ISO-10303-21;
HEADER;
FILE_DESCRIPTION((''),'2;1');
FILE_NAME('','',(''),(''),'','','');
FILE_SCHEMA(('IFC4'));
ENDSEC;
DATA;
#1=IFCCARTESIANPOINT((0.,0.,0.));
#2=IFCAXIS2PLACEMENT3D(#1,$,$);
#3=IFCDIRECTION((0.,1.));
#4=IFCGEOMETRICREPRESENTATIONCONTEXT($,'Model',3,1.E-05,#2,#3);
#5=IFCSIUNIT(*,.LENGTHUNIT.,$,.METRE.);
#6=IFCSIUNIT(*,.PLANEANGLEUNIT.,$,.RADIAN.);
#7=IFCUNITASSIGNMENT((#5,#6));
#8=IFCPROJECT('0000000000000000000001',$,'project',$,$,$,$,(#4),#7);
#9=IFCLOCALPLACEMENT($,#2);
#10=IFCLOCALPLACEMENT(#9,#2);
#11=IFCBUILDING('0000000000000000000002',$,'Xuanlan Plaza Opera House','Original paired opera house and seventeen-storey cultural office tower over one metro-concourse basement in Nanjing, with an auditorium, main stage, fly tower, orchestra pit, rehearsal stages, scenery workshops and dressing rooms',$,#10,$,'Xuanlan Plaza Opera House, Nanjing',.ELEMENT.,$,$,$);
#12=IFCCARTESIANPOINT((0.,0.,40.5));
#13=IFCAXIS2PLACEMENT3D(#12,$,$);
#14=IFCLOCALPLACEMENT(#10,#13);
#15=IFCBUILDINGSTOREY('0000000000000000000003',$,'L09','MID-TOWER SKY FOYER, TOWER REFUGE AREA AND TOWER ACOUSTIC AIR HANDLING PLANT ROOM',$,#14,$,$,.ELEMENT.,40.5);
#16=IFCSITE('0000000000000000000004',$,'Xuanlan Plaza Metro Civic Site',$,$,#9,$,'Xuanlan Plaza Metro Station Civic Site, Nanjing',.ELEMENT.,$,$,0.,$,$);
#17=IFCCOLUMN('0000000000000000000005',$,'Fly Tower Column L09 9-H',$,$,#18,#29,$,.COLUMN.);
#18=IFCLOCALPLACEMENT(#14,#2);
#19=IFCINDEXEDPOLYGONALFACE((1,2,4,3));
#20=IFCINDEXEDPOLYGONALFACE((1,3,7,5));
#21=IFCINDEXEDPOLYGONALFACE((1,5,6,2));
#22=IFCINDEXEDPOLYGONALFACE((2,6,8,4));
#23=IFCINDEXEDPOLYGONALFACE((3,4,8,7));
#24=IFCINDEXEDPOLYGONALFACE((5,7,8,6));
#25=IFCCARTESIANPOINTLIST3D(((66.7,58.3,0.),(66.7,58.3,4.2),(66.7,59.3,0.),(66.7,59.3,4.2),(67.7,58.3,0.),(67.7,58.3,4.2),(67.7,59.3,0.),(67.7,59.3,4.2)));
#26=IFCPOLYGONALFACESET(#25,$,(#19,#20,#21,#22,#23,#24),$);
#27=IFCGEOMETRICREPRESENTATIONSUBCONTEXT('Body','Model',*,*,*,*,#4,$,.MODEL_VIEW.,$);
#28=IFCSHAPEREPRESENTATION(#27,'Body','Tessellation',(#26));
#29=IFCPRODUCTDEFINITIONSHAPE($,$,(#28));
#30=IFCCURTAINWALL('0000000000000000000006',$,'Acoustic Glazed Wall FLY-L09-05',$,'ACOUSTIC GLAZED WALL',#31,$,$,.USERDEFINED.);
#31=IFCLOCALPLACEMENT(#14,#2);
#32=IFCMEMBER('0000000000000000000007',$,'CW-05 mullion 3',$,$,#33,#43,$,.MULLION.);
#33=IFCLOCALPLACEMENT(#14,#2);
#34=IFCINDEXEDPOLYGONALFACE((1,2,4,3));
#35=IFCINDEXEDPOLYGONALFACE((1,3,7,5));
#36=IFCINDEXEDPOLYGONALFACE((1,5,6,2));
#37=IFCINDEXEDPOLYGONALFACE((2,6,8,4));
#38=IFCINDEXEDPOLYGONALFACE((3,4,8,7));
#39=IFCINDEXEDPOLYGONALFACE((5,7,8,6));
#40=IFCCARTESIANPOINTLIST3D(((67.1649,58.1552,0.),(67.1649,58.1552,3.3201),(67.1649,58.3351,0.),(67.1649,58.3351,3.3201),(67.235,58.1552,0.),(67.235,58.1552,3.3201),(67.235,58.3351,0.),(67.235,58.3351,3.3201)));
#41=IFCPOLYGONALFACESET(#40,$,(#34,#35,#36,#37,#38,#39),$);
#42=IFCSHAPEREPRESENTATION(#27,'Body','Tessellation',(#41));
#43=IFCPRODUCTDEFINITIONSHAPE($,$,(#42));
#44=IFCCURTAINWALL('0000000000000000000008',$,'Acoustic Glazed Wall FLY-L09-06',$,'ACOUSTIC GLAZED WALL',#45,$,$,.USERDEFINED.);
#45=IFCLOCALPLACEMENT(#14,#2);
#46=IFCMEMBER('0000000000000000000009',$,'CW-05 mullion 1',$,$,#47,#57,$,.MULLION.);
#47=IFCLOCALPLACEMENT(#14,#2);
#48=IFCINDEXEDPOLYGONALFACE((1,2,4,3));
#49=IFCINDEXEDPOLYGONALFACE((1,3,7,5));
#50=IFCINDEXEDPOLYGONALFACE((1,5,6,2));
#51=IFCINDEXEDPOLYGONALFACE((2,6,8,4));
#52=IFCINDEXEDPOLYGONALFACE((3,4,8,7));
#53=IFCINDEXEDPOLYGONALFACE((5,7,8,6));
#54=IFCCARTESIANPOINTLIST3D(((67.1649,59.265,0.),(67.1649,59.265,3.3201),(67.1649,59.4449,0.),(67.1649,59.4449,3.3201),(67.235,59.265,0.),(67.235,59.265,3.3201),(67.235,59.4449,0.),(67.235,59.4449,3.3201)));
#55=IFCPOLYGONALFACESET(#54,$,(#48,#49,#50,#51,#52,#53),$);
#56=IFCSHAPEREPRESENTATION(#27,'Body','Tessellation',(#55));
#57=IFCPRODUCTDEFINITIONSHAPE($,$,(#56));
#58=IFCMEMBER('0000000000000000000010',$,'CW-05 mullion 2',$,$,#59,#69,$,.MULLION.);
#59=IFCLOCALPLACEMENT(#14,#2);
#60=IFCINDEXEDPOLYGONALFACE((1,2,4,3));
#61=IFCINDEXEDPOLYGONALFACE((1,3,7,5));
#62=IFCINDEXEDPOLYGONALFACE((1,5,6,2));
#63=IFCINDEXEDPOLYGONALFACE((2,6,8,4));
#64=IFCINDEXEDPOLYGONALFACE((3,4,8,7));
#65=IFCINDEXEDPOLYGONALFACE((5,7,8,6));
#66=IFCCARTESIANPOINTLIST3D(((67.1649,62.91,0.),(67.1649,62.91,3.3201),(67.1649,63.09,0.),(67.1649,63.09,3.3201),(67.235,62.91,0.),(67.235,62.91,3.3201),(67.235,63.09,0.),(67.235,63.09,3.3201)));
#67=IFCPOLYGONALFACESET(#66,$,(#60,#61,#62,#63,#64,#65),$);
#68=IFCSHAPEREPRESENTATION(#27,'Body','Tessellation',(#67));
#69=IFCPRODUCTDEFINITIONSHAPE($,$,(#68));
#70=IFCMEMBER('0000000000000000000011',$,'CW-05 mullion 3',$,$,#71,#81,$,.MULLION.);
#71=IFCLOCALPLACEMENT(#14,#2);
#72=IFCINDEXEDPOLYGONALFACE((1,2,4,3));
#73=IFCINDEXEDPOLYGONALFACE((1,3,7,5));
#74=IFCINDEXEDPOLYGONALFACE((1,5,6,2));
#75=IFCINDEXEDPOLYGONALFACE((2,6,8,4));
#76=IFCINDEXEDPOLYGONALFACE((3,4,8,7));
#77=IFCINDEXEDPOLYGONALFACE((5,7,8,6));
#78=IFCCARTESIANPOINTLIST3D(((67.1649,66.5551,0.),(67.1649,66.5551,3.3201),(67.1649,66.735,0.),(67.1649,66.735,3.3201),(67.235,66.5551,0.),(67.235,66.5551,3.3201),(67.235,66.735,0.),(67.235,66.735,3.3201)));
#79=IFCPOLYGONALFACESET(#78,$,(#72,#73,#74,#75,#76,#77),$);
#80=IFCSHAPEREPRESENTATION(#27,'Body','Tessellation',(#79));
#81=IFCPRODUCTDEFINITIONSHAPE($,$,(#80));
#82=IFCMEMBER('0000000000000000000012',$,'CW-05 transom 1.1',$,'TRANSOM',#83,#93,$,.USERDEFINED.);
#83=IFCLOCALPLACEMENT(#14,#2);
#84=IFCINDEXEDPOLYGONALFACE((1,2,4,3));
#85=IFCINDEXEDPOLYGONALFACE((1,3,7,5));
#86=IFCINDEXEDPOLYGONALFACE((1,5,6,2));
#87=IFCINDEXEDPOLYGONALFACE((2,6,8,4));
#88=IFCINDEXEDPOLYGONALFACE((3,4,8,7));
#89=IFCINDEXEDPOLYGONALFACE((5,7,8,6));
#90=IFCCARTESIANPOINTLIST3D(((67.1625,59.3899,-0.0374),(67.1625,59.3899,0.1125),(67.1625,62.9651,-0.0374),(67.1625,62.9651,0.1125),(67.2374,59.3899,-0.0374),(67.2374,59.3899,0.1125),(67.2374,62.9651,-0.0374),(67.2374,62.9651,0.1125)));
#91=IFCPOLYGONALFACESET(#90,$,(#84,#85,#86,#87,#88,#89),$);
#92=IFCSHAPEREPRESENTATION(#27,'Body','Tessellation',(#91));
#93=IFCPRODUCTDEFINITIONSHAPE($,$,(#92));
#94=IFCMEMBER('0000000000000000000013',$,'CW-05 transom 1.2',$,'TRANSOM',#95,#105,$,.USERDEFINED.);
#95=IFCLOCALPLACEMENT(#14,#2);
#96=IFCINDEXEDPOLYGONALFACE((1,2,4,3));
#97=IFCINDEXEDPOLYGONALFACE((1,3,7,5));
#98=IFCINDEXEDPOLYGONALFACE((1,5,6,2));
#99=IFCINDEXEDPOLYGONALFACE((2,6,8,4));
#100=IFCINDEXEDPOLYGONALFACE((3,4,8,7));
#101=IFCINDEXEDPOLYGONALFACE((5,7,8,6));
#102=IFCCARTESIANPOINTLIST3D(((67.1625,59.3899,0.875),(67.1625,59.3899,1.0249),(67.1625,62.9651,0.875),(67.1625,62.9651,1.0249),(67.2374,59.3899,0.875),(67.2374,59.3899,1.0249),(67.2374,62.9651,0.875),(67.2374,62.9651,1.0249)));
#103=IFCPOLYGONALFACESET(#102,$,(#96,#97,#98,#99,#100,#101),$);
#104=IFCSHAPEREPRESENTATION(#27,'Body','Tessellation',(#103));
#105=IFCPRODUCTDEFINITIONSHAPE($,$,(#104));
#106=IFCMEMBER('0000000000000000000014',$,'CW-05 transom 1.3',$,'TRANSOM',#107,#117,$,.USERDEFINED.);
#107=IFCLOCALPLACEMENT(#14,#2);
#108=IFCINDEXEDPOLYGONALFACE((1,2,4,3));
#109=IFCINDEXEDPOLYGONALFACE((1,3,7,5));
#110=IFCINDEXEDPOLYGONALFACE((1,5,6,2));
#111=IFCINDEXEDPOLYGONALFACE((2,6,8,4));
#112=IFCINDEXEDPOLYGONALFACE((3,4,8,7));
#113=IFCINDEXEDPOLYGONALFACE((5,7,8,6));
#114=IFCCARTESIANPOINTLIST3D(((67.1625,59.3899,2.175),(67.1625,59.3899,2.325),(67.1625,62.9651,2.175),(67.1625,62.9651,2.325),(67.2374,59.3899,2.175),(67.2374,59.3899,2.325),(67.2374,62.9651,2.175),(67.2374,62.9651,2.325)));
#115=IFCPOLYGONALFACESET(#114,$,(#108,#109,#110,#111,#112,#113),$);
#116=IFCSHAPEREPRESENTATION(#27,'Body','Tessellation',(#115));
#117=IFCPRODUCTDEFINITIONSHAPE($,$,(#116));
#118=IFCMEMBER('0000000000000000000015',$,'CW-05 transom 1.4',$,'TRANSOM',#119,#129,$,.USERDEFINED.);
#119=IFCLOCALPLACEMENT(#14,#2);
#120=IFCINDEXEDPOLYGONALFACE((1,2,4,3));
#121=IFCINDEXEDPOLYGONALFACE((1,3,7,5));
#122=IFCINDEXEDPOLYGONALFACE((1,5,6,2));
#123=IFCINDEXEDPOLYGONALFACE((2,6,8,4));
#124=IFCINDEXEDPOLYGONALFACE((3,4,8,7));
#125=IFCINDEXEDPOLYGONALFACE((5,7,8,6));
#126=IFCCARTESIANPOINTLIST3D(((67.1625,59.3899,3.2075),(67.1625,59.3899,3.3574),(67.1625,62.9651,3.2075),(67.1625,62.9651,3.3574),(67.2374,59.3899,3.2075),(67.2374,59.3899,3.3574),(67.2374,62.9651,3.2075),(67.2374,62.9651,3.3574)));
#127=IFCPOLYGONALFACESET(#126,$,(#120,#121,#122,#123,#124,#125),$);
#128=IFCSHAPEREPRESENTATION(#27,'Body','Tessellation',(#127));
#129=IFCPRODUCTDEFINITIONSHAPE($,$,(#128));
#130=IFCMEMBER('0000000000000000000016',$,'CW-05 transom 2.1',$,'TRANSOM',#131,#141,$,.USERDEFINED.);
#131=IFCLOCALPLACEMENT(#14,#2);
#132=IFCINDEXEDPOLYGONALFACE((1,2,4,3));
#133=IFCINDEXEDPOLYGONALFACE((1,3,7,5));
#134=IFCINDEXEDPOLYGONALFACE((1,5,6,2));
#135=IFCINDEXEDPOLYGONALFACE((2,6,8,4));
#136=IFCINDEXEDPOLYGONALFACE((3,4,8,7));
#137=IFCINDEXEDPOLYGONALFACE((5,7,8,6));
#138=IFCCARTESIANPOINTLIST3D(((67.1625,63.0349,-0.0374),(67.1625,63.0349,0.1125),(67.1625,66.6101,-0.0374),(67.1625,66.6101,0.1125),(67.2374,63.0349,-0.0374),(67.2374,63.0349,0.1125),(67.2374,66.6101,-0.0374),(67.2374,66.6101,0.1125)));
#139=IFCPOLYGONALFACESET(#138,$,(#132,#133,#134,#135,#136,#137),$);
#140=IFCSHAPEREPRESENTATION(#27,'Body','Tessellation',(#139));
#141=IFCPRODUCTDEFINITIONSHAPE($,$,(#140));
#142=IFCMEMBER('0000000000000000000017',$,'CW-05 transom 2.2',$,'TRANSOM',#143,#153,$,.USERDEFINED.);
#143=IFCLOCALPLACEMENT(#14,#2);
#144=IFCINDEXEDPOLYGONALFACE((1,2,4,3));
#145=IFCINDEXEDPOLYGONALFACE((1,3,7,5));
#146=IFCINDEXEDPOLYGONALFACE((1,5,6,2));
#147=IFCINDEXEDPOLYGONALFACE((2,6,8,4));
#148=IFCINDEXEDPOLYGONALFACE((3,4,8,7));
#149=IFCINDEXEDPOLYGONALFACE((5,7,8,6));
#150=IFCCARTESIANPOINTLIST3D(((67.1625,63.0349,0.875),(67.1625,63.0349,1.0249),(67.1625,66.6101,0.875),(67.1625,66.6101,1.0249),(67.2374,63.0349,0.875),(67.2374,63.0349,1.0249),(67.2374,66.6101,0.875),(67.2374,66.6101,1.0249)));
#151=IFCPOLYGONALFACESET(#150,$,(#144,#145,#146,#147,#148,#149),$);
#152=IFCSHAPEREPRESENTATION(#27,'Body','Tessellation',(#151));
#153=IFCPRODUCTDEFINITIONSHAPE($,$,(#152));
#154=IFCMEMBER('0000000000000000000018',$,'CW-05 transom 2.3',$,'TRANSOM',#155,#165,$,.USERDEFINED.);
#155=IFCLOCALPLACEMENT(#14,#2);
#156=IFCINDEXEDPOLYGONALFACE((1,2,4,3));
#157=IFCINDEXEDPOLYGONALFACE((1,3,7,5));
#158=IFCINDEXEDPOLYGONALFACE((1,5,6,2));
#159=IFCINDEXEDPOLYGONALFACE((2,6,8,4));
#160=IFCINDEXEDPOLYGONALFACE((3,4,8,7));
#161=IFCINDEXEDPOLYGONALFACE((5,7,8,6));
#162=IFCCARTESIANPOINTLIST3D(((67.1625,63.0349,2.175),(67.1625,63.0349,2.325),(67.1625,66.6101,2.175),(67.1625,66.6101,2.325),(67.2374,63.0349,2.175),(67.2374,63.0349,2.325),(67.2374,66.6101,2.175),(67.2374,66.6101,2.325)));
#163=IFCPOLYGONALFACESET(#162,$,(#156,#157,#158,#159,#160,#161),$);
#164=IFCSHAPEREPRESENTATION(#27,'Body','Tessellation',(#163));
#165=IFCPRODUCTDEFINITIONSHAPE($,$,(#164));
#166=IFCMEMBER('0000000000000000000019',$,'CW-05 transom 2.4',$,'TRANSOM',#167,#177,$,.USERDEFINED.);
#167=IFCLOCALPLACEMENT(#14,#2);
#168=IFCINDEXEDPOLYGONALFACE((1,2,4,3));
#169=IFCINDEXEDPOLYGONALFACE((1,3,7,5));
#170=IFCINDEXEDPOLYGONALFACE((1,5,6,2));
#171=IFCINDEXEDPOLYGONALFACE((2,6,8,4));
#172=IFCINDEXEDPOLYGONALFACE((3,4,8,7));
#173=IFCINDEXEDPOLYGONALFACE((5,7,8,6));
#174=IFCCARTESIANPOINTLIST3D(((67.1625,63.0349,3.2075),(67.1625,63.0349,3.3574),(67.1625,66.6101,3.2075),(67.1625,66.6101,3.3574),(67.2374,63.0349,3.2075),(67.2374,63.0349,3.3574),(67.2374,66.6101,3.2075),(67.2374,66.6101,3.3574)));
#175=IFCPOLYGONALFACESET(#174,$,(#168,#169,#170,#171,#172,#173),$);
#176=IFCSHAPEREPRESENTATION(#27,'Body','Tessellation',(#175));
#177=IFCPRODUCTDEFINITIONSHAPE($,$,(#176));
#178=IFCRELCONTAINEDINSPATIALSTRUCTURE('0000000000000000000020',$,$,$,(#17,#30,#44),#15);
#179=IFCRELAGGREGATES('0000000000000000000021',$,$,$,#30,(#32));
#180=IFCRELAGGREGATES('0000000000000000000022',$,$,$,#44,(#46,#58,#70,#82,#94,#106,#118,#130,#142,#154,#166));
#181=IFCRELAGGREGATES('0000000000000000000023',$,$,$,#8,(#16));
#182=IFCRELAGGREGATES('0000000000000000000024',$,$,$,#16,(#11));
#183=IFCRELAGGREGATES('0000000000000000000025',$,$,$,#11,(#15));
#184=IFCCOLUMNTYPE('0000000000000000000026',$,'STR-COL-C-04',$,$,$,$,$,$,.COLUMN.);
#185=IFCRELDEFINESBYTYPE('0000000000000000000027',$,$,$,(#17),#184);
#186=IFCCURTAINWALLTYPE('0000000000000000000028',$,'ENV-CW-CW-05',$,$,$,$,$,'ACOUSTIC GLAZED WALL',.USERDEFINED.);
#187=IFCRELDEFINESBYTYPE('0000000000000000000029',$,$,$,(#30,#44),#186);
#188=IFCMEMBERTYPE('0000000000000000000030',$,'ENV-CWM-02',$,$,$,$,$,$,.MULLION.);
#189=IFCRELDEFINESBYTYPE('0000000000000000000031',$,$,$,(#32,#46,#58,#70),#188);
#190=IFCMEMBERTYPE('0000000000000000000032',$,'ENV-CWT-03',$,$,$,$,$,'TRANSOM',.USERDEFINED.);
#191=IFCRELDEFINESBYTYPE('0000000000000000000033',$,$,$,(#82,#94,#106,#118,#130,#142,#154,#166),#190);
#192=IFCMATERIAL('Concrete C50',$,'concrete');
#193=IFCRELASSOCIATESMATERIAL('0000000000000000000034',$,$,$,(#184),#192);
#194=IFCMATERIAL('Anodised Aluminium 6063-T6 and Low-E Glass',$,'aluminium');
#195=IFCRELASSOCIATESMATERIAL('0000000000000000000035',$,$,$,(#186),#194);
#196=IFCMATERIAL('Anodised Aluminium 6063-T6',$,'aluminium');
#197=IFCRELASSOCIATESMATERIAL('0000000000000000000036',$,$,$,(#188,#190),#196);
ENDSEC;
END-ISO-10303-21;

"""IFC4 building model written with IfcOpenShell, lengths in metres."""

from ifc_helpers import new_model, si_unit, direction, frame, origin, origin_2d, place, context, subcontext, project, spatial, rectangle, extrude, material, material_profile, profile_set, type_object, element, aggregate, save


model = new_model("IFC4")

# Units and contexts
model_context = context("Model", 3, precision=1e-05, world=origin(), true_north=direction((0.0, 1.0)))
body_context = subcontext(model_context, "Body", "Model", "MODEL_VIEW")
ifc_project = project(units=[si_unit("LENGTHUNIT", "METRE"), si_unit("PLANEANGLEUNIT", "RADIAN")], contexts=[model_context])

# Site, building, storey
site_placement = place(None, origin())
site = spatial("IfcSite", under=ifc_project, at=site_placement, Name="Xuanlan Plaza Metro Civic Site", LongName="Xuanlan Plaza Metro Station Civic Site, Nanjing", CompositionType="ELEMENT", RefElevation=0.0)
building_placement = place(site_placement, origin())
building = spatial("IfcBuilding", under=site, at=building_placement, Name="Xuanlan Plaza Opera House", Description="Original paired opera house and seventeen-storey cultural office tower over one metro-concourse basement in Nanjing, with an auditorium, main stage, fly tower, orchestra pit, rehearsal stages, scenery workshops and dressing rooms", LongName="Xuanlan Plaza Opera House, Nanjing", CompositionType="ELEMENT")
storey_placement = place(building_placement, frame((0.0, 0.0, 40.5)))
storey = spatial("IfcBuildingStorey", under=building, at=storey_placement, Name="L09", Description="MID-TOWER SKY FOYER, TOWER REFUGE AREA AND TOWER ACOUSTIC AIR HANDLING PLANT ROOM", CompositionType="ELEMENT", Elevation=40.5)

# Column
ifc_material_1 = material(Name="Concrete C50", Category="concrete")
ifc_material_profile_1 = material_profile(ifc_material_1, rectangle(XDim=1.0, YDim=1.0, at=origin_2d()), Name="RC-COL 1000x1000")
ifc_profile_set_1 = profile_set([ifc_material_profile_1], Name="Concrete C50")
column_type = type_object("IfcColumnType", Name="STR-COL-C-04", PredefinedType="COLUMN", material=ifc_profile_set_1)
column_placement = place(storey_placement, frame((67.2, 58.8, 0.0), z_axis=(0.0, 0.0, 1.0), x_axis=(1.0, 0.0, 0.0)))
element("IfcColumn", 1, at=column_placement, inside=storey, type_object=column_type, Name="Fly Tower Column L09 9-H", PredefinedType="COLUMN", context=body_context, shape_type="SweptSolid", body=[
    extrude(rectangle(XDim=1.0, YDim=1.0, at=origin_2d()), origin(), (0.0, 0.0, 1.0), 4.2),
])

# Curtain wall, member
ifc_material_2 = material(Name="Anodised Aluminium 6063-T6 and Low-E Glass", Category="aluminium")
curtain_wall_type = type_object("IfcCurtainWallType", Name="ENV-CW-CW-05", ElementType="ACOUSTIC GLAZED WALL", PredefinedType="USERDEFINED", material=ifc_material_2)
curtain_wall_1_placement = place(storey_placement, origin())
curtain_wall_1 = element("IfcCurtainWall", 2, at=curtain_wall_1_placement, inside=storey, type_object=curtain_wall_type, Name="Acoustic Glazed Wall FLY-L09-05", ObjectType="ACOUSTIC GLAZED WALL", PredefinedType="USERDEFINED")
ifc_material_3 = material(Name="Anodised Aluminium 6063-T6", Category="aluminium")
ifc_material_profile_2 = material_profile(ifc_material_3, rectangle(XDim=0.0701, YDim=0.1799, at=origin_2d()), Name="ALU-M 70x180")
ifc_profile_set_2 = profile_set([ifc_material_profile_2], Name="Anodised Aluminium 6063-T6")
member_type_1 = type_object("IfcMemberType", Name="ENV-CWM-02", PredefinedType="MULLION", material=ifc_profile_set_2)
member_1_placement = place(storey_placement, frame((67.2, 58.2451, 0.0), z_axis=(0.0, 0.0, 1.0), x_axis=(-1.0, 0.0, 0.0)))
member_1 = element("IfcMember", 3, at=member_1_placement, type_object=member_type_1, Name="CW-05 mullion 3", PredefinedType="MULLION", context=body_context, shape_type="SweptSolid", body=[
    extrude(rectangle(XDim=0.0701, YDim=0.1799, at=origin_2d()), origin(), (0.0, 0.0, 1.0), 3.3201),
])

# Curtain wall, members
curtain_wall_2_placement = place(storey_placement, origin())
curtain_wall_2 = element("IfcCurtainWall", 4, at=curtain_wall_2_placement, inside=storey, type_object=curtain_wall_type, Name="Acoustic Glazed Wall FLY-L09-06", ObjectType="ACOUSTIC GLAZED WALL", PredefinedType="USERDEFINED")
member_2_placement = place(storey_placement, frame((67.2, 59.355, 0.0), z_axis=(0.0, 0.0, 1.0), x_axis=(-1.0, 0.0, 0.0)))
member_2 = element("IfcMember", 5, at=member_2_placement, type_object=member_type_1, Name="CW-05 mullion 1", PredefinedType="MULLION", context=body_context, shape_type="SweptSolid", body=[
    extrude(rectangle(XDim=0.0701, YDim=0.1799, at=origin_2d()), origin(), (0.0, 0.0, 1.0), 3.3201),
])
member_3_placement = place(storey_placement, frame((67.2, 63.0, 0.0), z_axis=(0.0, 0.0, 1.0), x_axis=(-1.0, 0.0, 0.0)))
member_3 = element("IfcMember", 6, at=member_3_placement, type_object=member_type_1, Name="CW-05 mullion 2", PredefinedType="MULLION", context=body_context, shape_type="SweptSolid", body=[
    extrude(rectangle(XDim=0.0701, YDim=0.1799, at=origin_2d()), origin(), (0.0, 0.0, 1.0), 3.3201),
])
member_4_placement = place(storey_placement, frame((67.2, 66.645, 0.0), z_axis=(0.0, 0.0, 1.0), x_axis=(-1.0, 0.0, 0.0)))
member_4 = element("IfcMember", 7, at=member_4_placement, type_object=member_type_1, Name="CW-05 mullion 3", PredefinedType="MULLION", context=body_context, shape_type="SweptSolid", body=[
    extrude(rectangle(XDim=0.0701, YDim=0.1799, at=origin_2d()), origin(), (0.0, 0.0, 1.0), 3.3201),
])
ifc_material_profile_3 = material_profile(ifc_material_3, rectangle(XDim=0.075, YDim=0.1499, at=origin_2d()), Name="ALU-T 75x150")
ifc_profile_set_3 = profile_set([ifc_material_profile_3], Name="Anodised Aluminium 6063-T6")
member_type_2 = type_object("IfcMemberType", Name="ENV-CWT-03", ElementType="TRANSOM", PredefinedType="USERDEFINED", material=ifc_profile_set_3)
member_5_placement = place(storey_placement, frame((67.2, 59.3899, 0.0376), z_axis=(0.0, 1.0, 0.0), x_axis=(-1.0, 0.0, 0.0)))
member_5 = element("IfcMember", 8, at=member_5_placement, type_object=member_type_2, Name="CW-05 transom 1.1", ObjectType="TRANSOM", PredefinedType="USERDEFINED", context=body_context, shape_type="SweptSolid", body=[
    extrude(rectangle(XDim=0.075, YDim=0.1499, at=origin_2d()), origin(), (0.0, 0.0, 1.0), 3.5752),
])
member_6_placement = place(storey_placement, frame((67.2, 59.3899, 0.95), z_axis=(0.0, 1.0, 0.0), x_axis=(-1.0, 0.0, 0.0)))
member_6 = element("IfcMember", 9, at=member_6_placement, type_object=member_type_2, Name="CW-05 transom 1.2", ObjectType="TRANSOM", PredefinedType="USERDEFINED", context=body_context, shape_type="SweptSolid", body=[
    extrude(rectangle(XDim=0.075, YDim=0.1499, at=origin_2d()), origin(), (0.0, 0.0, 1.0), 3.5752),
])
member_7_placement = place(storey_placement, frame((67.2, 59.3899, 2.25), z_axis=(0.0, 1.0, 0.0), x_axis=(-1.0, 0.0, 0.0)))
member_7 = element("IfcMember", 10, at=member_7_placement, type_object=member_type_2, Name="CW-05 transom 1.3", ObjectType="TRANSOM", PredefinedType="USERDEFINED", context=body_context, shape_type="SweptSolid", body=[
    extrude(rectangle(XDim=0.075, YDim=0.1499, at=origin_2d()), origin(), (0.0, 0.0, 1.0), 3.5752),
])
member_8_placement = place(storey_placement, frame((67.2, 59.3899, 3.2825), z_axis=(0.0, 1.0, 0.0), x_axis=(-1.0, 0.0, 0.0)))
member_8 = element("IfcMember", 11, at=member_8_placement, type_object=member_type_2, Name="CW-05 transom 1.4", ObjectType="TRANSOM", PredefinedType="USERDEFINED", context=body_context, shape_type="SweptSolid", body=[
    extrude(rectangle(XDim=0.075, YDim=0.1499, at=origin_2d()), origin(), (0.0, 0.0, 1.0), 3.5752),
])
member_9_placement = place(storey_placement, frame((67.2, 63.0349, 0.0376), z_axis=(0.0, 1.0, 0.0), x_axis=(-1.0, 0.0, 0.0)))
member_9 = element("IfcMember", 12, at=member_9_placement, type_object=member_type_2, Name="CW-05 transom 2.1", ObjectType="TRANSOM", PredefinedType="USERDEFINED", context=body_context, shape_type="SweptSolid", body=[
    extrude(rectangle(XDim=0.075, YDim=0.1499, at=origin_2d()), origin(), (0.0, 0.0, 1.0), 3.5752),
])
member_10_placement = place(storey_placement, frame((67.2, 63.0349, 0.95), z_axis=(0.0, 1.0, 0.0), x_axis=(-1.0, 0.0, 0.0)))
member_10 = element("IfcMember", 13, at=member_10_placement, type_object=member_type_2, Name="CW-05 transom 2.2", ObjectType="TRANSOM", PredefinedType="USERDEFINED", context=body_context, shape_type="SweptSolid", body=[
    extrude(rectangle(XDim=0.075, YDim=0.1499, at=origin_2d()), origin(), (0.0, 0.0, 1.0), 3.5752),
])
member_11_placement = place(storey_placement, frame((67.2, 63.0349, 2.25), z_axis=(0.0, 1.0, 0.0), x_axis=(-1.0, 0.0, 0.0)))
member_11 = element("IfcMember", 14, at=member_11_placement, type_object=member_type_2, Name="CW-05 transom 2.3", ObjectType="TRANSOM", PredefinedType="USERDEFINED", context=body_context, shape_type="SweptSolid", body=[
    extrude(rectangle(XDim=0.075, YDim=0.1499, at=origin_2d()), origin(), (0.0, 0.0, 1.0), 3.5752),
])
member_12_placement = place(storey_placement, frame((67.2, 63.0349, 3.2825), z_axis=(0.0, 1.0, 0.0), x_axis=(-1.0, 0.0, 0.0)))
member_12 = element("IfcMember", 15, at=member_12_placement, type_object=member_type_2, Name="CW-05 transom 2.4", ObjectType="TRANSOM", PredefinedType="USERDEFINED", context=body_context, shape_type="SweptSolid", body=[
    extrude(rectangle(XDim=0.075, YDim=0.1499, at=origin_2d()), origin(), (0.0, 0.0, 1.0), 3.5752),
])

aggregate(curtain_wall_1, [member_1])
aggregate(curtain_wall_2, [member_2, member_3, member_4, member_5, member_6, member_7, member_8, member_9, member_10, member_11, member_12])

save(model, "model.ifc")
